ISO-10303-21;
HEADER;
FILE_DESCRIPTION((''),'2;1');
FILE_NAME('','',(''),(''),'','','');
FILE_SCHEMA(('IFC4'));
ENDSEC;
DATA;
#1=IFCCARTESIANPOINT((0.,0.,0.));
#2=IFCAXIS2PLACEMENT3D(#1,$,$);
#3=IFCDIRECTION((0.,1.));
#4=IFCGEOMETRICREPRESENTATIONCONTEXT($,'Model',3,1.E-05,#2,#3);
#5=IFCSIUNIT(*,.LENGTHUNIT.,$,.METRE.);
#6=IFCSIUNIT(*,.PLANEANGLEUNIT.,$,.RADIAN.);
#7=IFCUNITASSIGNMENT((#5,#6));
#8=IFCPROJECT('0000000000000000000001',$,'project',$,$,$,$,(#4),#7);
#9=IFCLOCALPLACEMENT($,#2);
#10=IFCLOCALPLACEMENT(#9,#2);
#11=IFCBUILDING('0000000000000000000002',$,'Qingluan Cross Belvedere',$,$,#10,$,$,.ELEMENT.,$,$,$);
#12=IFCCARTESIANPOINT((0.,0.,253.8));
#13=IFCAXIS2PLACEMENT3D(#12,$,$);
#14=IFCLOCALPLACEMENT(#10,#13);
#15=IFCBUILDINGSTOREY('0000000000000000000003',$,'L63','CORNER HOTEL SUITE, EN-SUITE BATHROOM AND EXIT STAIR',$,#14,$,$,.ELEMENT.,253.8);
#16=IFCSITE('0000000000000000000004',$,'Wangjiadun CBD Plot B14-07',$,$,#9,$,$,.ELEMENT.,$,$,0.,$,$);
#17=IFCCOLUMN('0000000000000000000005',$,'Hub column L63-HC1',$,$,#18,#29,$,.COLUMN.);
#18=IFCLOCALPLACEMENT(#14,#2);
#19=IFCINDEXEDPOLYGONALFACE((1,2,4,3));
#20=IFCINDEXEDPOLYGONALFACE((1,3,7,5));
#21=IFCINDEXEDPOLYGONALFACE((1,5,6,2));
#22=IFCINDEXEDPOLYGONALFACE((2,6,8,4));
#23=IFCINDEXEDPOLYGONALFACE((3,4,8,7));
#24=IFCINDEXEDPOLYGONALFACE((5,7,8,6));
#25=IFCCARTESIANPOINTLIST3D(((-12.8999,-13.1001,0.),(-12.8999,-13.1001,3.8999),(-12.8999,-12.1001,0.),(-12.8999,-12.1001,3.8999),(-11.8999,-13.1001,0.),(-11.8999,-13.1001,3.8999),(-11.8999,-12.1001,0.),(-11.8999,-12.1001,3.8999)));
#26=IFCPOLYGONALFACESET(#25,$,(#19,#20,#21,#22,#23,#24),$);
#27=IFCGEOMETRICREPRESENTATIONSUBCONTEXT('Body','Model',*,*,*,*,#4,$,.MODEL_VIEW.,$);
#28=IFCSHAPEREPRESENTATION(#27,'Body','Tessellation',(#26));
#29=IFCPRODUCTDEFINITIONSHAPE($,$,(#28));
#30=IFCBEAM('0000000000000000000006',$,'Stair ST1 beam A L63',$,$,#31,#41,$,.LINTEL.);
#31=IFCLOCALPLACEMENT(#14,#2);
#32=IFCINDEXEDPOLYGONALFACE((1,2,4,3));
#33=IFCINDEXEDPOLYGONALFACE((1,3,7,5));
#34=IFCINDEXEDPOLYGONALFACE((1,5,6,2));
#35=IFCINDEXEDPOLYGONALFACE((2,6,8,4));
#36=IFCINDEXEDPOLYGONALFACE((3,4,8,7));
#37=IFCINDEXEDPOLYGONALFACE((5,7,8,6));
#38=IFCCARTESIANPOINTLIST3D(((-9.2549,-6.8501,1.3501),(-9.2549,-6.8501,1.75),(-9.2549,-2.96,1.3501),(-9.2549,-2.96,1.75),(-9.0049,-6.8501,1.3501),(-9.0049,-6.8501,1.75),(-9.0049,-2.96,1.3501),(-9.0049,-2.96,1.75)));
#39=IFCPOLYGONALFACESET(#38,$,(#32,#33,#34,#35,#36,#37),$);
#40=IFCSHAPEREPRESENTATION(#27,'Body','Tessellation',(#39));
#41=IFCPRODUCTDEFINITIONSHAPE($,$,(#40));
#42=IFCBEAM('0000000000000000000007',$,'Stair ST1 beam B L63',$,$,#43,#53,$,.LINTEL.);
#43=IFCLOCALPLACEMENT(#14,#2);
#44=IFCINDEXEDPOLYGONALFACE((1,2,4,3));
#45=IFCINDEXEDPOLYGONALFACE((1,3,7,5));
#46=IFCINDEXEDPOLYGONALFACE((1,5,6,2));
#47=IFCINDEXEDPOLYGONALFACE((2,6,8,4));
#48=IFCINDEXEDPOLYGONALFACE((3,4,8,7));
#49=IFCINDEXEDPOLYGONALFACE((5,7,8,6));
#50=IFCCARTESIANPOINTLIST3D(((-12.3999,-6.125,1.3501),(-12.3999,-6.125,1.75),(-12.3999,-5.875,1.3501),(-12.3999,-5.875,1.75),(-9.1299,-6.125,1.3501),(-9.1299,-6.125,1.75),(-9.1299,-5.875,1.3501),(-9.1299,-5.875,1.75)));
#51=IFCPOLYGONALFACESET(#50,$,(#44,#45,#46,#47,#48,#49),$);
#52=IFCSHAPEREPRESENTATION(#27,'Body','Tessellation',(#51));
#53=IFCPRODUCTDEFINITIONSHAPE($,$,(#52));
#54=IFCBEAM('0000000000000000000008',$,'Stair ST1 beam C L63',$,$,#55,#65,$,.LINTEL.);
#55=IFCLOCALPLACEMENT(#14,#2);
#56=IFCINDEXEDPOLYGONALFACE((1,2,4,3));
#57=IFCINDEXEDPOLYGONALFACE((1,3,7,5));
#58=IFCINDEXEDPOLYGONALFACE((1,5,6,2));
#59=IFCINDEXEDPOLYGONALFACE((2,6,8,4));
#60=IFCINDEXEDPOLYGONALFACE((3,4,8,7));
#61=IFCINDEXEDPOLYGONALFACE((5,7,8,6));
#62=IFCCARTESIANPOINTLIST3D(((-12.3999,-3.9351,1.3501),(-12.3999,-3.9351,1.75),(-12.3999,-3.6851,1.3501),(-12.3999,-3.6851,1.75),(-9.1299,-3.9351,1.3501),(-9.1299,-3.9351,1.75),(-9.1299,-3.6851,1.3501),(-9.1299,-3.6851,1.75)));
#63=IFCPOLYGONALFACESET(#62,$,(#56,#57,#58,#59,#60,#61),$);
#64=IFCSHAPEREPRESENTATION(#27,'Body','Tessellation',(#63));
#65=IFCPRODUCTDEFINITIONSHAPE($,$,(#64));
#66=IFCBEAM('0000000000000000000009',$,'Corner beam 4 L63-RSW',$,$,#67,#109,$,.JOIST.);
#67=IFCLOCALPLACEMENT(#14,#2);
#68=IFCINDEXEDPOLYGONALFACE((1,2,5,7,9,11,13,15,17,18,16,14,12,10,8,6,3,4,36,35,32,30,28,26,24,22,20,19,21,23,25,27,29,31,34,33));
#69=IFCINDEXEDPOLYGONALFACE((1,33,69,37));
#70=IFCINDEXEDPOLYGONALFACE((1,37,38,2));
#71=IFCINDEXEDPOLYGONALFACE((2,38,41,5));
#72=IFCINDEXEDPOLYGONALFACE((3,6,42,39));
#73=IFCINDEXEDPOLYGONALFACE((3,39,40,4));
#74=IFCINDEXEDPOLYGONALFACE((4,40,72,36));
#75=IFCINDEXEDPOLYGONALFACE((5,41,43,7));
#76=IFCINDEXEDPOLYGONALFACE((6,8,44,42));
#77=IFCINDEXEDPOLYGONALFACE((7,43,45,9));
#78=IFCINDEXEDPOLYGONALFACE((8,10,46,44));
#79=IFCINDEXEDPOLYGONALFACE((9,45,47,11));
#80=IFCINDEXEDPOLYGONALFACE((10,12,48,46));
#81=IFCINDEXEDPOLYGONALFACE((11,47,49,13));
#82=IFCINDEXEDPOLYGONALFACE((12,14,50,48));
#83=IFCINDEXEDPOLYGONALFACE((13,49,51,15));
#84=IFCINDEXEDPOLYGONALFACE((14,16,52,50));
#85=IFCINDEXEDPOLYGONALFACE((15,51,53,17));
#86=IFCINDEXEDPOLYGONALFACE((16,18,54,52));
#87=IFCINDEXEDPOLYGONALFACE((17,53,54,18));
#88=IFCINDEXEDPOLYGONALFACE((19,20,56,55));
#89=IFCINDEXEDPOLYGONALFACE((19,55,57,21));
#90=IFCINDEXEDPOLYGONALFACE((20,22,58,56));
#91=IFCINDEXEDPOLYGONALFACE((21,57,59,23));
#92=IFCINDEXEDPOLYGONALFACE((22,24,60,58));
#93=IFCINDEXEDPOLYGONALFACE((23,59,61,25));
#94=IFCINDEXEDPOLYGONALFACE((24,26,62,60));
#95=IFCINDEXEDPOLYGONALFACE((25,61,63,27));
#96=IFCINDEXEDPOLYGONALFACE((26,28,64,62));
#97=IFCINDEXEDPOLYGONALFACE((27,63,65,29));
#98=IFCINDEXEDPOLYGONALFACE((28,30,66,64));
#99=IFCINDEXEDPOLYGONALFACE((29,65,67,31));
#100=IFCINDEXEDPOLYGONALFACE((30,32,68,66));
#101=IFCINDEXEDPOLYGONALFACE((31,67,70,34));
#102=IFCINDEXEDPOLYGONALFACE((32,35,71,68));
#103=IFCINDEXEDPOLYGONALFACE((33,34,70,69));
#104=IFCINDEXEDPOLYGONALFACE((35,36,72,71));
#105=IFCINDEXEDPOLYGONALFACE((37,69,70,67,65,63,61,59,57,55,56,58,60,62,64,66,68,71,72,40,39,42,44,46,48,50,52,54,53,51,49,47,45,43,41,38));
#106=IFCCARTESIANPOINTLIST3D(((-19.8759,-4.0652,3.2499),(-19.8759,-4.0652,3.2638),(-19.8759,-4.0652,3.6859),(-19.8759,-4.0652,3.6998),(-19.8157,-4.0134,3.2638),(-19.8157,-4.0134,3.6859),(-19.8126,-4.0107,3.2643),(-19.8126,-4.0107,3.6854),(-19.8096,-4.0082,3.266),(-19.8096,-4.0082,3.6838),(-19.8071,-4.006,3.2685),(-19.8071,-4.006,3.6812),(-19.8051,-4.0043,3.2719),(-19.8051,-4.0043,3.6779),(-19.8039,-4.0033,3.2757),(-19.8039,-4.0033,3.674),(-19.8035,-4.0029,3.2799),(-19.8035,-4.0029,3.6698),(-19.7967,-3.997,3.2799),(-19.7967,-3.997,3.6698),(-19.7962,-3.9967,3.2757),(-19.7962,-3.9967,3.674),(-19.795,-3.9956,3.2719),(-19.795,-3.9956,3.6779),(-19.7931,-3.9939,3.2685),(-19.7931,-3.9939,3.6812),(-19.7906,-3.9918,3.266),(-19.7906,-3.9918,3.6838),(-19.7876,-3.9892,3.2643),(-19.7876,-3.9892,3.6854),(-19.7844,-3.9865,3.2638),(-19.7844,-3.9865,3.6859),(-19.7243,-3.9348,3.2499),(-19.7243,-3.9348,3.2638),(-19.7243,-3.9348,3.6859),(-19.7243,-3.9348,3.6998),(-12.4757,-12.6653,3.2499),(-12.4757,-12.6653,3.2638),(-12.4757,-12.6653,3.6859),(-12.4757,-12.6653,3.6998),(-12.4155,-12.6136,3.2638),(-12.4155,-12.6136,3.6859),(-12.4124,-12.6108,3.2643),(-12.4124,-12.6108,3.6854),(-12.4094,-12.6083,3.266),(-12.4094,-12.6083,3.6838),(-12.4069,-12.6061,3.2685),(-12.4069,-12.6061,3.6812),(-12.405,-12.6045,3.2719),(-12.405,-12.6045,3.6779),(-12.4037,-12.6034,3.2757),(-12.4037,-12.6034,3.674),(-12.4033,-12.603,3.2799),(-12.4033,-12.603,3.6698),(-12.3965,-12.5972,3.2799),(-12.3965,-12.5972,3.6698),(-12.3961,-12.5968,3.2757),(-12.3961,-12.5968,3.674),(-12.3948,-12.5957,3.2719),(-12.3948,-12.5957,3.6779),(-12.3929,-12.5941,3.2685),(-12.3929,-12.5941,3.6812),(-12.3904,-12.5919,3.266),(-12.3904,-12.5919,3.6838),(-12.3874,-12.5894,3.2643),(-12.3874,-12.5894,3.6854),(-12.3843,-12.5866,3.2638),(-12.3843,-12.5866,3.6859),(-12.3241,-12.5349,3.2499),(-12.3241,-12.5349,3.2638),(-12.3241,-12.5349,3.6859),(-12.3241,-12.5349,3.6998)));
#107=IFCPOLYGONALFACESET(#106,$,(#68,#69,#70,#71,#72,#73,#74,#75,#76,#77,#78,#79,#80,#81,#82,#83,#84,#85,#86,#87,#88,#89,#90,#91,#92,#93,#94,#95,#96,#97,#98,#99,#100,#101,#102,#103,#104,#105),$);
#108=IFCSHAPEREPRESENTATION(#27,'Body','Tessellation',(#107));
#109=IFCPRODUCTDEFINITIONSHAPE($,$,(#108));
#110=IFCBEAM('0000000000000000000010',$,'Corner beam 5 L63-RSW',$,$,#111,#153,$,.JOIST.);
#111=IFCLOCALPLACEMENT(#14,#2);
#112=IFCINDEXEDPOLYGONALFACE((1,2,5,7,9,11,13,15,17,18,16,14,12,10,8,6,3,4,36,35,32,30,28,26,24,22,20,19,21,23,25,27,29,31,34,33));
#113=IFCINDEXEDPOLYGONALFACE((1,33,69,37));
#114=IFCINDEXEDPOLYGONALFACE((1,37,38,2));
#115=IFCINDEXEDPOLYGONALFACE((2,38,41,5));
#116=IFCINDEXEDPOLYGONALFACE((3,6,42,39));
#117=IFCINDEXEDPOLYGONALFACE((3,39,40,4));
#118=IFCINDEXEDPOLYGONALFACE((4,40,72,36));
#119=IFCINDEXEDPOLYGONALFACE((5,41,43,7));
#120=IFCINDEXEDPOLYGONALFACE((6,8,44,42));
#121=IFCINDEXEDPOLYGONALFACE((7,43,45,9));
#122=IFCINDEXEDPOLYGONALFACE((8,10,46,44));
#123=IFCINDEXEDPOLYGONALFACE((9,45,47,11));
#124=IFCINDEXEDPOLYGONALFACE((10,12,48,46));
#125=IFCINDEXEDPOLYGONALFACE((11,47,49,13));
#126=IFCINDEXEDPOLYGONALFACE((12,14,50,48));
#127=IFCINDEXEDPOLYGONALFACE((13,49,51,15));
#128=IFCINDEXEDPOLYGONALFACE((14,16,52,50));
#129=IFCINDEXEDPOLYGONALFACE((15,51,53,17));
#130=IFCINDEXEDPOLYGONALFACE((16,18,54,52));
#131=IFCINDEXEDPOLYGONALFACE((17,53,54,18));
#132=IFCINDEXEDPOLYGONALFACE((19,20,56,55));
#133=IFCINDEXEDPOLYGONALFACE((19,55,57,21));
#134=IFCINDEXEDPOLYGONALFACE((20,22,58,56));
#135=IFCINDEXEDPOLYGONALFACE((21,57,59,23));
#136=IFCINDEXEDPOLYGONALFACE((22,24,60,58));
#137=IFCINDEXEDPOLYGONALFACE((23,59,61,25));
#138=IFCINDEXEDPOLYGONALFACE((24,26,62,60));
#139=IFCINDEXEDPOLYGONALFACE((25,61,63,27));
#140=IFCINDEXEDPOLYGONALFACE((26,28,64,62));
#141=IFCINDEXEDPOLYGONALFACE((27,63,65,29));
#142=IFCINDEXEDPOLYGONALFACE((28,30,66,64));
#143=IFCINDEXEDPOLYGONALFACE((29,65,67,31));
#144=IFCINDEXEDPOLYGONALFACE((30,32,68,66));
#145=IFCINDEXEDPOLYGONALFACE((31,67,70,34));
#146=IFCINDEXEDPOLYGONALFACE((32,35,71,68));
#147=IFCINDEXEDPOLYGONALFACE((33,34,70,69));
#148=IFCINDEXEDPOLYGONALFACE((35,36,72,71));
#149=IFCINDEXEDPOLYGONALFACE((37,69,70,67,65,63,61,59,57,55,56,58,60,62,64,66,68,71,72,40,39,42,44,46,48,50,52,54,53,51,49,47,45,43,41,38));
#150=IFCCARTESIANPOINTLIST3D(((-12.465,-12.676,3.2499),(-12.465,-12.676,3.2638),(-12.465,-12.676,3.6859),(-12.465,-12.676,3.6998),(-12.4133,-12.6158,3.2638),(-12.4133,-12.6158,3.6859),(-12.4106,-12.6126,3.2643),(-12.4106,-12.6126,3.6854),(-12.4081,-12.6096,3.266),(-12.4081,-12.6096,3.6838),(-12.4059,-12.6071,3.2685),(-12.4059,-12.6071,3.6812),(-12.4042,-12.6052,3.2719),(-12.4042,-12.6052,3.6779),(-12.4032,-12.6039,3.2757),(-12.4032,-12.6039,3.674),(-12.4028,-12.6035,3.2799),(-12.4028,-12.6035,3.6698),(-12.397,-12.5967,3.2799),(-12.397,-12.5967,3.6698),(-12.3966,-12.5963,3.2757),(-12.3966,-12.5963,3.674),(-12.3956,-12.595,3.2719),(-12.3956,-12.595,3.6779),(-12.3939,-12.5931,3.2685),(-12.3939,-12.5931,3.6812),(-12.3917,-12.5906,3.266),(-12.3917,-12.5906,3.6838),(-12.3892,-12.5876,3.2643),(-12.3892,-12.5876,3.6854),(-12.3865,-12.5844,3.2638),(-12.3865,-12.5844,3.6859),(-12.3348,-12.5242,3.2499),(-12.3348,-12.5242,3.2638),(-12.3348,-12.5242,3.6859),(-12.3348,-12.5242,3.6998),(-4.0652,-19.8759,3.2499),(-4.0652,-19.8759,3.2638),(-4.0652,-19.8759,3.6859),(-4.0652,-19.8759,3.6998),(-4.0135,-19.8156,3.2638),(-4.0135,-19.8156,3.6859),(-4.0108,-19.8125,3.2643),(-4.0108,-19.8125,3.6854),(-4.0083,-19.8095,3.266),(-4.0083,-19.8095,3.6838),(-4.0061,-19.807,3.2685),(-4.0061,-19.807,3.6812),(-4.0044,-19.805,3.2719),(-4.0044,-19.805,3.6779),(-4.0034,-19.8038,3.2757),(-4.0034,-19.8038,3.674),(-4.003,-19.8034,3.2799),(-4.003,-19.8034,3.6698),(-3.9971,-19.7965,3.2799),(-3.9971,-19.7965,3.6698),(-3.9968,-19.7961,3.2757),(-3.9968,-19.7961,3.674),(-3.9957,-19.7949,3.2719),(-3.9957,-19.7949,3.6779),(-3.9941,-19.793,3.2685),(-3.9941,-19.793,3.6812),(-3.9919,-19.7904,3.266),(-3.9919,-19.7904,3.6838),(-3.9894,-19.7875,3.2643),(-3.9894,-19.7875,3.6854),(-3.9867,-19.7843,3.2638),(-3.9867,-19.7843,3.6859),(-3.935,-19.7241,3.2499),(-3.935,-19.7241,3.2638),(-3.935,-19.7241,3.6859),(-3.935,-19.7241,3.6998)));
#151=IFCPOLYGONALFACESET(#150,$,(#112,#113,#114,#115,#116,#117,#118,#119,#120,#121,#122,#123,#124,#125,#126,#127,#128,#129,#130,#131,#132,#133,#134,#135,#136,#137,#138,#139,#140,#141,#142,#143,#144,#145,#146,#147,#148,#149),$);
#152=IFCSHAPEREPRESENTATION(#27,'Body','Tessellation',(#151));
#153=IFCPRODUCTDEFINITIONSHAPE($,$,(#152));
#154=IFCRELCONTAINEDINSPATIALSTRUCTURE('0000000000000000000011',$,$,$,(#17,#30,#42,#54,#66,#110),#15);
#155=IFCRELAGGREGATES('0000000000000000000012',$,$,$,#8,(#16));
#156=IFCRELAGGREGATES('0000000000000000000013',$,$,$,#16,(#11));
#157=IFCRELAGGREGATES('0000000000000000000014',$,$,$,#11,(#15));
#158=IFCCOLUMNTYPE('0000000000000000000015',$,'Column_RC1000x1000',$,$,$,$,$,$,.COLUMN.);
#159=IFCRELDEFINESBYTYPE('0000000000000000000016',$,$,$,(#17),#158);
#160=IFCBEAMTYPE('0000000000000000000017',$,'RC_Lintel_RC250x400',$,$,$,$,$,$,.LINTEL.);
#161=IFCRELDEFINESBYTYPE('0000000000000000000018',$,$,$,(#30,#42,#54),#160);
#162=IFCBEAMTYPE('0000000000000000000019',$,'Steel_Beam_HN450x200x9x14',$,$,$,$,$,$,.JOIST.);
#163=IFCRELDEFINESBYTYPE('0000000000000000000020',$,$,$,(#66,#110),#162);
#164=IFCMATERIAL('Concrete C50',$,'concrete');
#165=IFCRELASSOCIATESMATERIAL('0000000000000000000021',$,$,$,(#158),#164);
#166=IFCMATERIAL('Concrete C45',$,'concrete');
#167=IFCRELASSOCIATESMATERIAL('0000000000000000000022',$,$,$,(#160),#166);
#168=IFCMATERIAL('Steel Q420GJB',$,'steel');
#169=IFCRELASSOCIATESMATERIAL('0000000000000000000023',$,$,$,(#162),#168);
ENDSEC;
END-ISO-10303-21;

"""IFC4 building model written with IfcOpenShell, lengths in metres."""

from ifc_helpers import new_model, si_unit, direction, frame, origin, origin_2d, place, context, subcontext, project, spatial, rectangle, i_section, extrude, material, material_profile, profile_set, type_object, element, save


model = new_model("IFC4")

# Units and contexts
model_context = context("Model", 3, precision=1e-05, world=origin(), true_north=direction((0.0, 1.0)))
body_context = subcontext(model_context, "Body", "Model", "MODEL_VIEW")
ifc_project = project(units=[si_unit("LENGTHUNIT", "METRE"), si_unit("PLANEANGLEUNIT", "RADIAN")], contexts=[model_context])

# Site, building, storey
site_placement = place(None, origin())
site = spatial("IfcSite", under=ifc_project, at=site_placement, Name="Wangjiadun CBD Plot B14-07", CompositionType="ELEMENT", RefElevation=0.0)
building_placement = place(site_placement, origin())
building = spatial("IfcBuilding", under=site, at=building_placement, Name="Qingluan Cross Belvedere", CompositionType="ELEMENT")
storey_placement = place(building_placement, frame((0.0, 0.0, 253.8)))
storey = spatial("IfcBuildingStorey", under=building, at=storey_placement, Name="L63", Description="CORNER HOTEL SUITE, EN-SUITE BATHROOM AND EXIT STAIR", CompositionType="ELEMENT", Elevation=253.8)

# Column
ifc_material_1 = material(Name="Concrete C50", Category="concrete")
ifc_material_profile_1 = material_profile(ifc_material_1, rectangle(XDim=1.0, YDim=1.0, at=origin_2d()), Name="RC1000x1000")
ifc_profile_set_1 = profile_set([ifc_material_profile_1], Name="Concrete C50")
column_type = type_object("IfcColumnType", Name="Column_RC1000x1000", PredefinedType="COLUMN", material=ifc_profile_set_1)
column_placement = place(storey_placement, frame((-12.3999, -12.6001, 0.0), z_axis=(0.0, 0.0, 1.0), x_axis=(1.0, 0.0, 0.0)))
element("IfcColumn", 1, at=column_placement, inside=storey, type_object=column_type, Name="Hub column L63-HC1", PredefinedType="COLUMN", context=body_context, shape_type="SweptSolid", body=[
    extrude(rectangle(XDim=1.0, YDim=1.0, at=origin_2d()), origin(), (0.0, 0.0, 1.0), 3.8999),
])

# Beams
ifc_material_2 = material(Name="Concrete C45", Category="concrete")
ifc_material_profile_2 = material_profile(ifc_material_2, rectangle(XDim=0.25, YDim=0.3999, at=origin_2d()), Name="RC250x400")
ifc_profile_set_2 = profile_set([ifc_material_profile_2], Name="Concrete C45")
beam_type_1 = type_object("IfcBeamType", Name="RC_Lintel_RC250x400", PredefinedType="LINTEL", material=ifc_profile_set_2)
beam_1_placement = place(storey_placement, frame((-9.1299, -6.8501, 1.55), z_axis=(0.0, 1.0, 0.0), x_axis=(-1.0, 0.0, 0.0)))
element("IfcBeam", 2, at=beam_1_placement, inside=storey, type_object=beam_type_1, Name="Stair ST1 beam A L63", PredefinedType="LINTEL", context=body_context, shape_type="SweptSolid", body=[
    extrude(rectangle(XDim=0.25, YDim=0.3999, at=origin_2d()), origin(), (0.0, 0.0, 1.0), 3.8901),
])
for number, where, z_axis, x_axis, name in (
    (3, (-12.3999, -6.0, 1.55), (1.0, 0.0, 0.0), (0.0, 1.0, 0.0), "Stair ST1 beam B L63"),
    (4, (-12.3999, -3.8101, 1.55), (1.0, 0.0, 0.0), (0.0, 1.0, 0.0), "Stair ST1 beam C L63"),
):
    element("IfcBeam", number, at=place(storey_placement, frame(where, z_axis=z_axis, x_axis=x_axis)), inside=storey, type_object=beam_type_1, Name=name, PredefinedType="LINTEL", context=body_context, shape_type="SweptSolid", body=[
        extrude(rectangle(XDim=0.25, YDim=0.3999, at=origin_2d()), origin(), (0.0, 0.0, 1.0), 3.27),
    ])
ifc_material_3 = material(Name="Steel Q420GJB", Category="steel")
ifc_material_profile_3 = material_profile(ifc_material_3, i_section(OverallWidth=0.2, OverallDepth=0.45, WebThickness=0.009, FlangeThickness=0.0139, FilletRadius=0.0161, at=origin_2d()), Name="HN450x200x9x14")
ifc_profile_set_3 = profile_set([ifc_material_profile_3], Name="Steel Q420GJB")
beam_type_2 = type_object("IfcBeamType", Name="Steel_Beam_HN450x200x9x14", PredefinedType="JOIST", material=ifc_profile_set_3)
beam_2_placement = place(storey_placement, frame((-12.3999, -12.6001, 3.4749), z_axis=(-0.652245, 0.758008, 0.0), x_axis=(-0.758008, -0.652245, 0.0)))
element("IfcBeam", 5, at=beam_2_placement, inside=storey, type_object=beam_type_2, Name="Corner beam 4 L63-RSW", PredefinedType="JOIST", context=body_context, shape_type="SweptSolid", body=[
    extrude(i_section(OverallWidth=0.2, OverallDepth=0.45, WebThickness=0.009, FlangeThickness=0.0139, FilletRadius=0.0161, at=origin_2d()), origin(), (0.0, 0.0, 1.0), 11.3457),
])
beam_3_placement = place(storey_placement, frame((-12.3999, -12.6001, 3.4749), z_axis=(0.759255, -0.650793, 0.0), x_axis=(0.650793, 0.759255, 0.0)))
element("IfcBeam", 6, at=beam_3_placement, inside=storey, type_object=beam_type_2, Name="Corner beam 5 L63-RSW", PredefinedType="JOIST", context=body_context, shape_type="SweptSolid", body=[
    extrude(i_section(OverallWidth=0.2, OverallDepth=0.45, WebThickness=0.009, FlangeThickness=0.0139, FilletRadius=0.0161, at=origin_2d()), origin(), (0.0, 0.0, 1.0), 11.0632),
])

save(model, "model.ifc")
